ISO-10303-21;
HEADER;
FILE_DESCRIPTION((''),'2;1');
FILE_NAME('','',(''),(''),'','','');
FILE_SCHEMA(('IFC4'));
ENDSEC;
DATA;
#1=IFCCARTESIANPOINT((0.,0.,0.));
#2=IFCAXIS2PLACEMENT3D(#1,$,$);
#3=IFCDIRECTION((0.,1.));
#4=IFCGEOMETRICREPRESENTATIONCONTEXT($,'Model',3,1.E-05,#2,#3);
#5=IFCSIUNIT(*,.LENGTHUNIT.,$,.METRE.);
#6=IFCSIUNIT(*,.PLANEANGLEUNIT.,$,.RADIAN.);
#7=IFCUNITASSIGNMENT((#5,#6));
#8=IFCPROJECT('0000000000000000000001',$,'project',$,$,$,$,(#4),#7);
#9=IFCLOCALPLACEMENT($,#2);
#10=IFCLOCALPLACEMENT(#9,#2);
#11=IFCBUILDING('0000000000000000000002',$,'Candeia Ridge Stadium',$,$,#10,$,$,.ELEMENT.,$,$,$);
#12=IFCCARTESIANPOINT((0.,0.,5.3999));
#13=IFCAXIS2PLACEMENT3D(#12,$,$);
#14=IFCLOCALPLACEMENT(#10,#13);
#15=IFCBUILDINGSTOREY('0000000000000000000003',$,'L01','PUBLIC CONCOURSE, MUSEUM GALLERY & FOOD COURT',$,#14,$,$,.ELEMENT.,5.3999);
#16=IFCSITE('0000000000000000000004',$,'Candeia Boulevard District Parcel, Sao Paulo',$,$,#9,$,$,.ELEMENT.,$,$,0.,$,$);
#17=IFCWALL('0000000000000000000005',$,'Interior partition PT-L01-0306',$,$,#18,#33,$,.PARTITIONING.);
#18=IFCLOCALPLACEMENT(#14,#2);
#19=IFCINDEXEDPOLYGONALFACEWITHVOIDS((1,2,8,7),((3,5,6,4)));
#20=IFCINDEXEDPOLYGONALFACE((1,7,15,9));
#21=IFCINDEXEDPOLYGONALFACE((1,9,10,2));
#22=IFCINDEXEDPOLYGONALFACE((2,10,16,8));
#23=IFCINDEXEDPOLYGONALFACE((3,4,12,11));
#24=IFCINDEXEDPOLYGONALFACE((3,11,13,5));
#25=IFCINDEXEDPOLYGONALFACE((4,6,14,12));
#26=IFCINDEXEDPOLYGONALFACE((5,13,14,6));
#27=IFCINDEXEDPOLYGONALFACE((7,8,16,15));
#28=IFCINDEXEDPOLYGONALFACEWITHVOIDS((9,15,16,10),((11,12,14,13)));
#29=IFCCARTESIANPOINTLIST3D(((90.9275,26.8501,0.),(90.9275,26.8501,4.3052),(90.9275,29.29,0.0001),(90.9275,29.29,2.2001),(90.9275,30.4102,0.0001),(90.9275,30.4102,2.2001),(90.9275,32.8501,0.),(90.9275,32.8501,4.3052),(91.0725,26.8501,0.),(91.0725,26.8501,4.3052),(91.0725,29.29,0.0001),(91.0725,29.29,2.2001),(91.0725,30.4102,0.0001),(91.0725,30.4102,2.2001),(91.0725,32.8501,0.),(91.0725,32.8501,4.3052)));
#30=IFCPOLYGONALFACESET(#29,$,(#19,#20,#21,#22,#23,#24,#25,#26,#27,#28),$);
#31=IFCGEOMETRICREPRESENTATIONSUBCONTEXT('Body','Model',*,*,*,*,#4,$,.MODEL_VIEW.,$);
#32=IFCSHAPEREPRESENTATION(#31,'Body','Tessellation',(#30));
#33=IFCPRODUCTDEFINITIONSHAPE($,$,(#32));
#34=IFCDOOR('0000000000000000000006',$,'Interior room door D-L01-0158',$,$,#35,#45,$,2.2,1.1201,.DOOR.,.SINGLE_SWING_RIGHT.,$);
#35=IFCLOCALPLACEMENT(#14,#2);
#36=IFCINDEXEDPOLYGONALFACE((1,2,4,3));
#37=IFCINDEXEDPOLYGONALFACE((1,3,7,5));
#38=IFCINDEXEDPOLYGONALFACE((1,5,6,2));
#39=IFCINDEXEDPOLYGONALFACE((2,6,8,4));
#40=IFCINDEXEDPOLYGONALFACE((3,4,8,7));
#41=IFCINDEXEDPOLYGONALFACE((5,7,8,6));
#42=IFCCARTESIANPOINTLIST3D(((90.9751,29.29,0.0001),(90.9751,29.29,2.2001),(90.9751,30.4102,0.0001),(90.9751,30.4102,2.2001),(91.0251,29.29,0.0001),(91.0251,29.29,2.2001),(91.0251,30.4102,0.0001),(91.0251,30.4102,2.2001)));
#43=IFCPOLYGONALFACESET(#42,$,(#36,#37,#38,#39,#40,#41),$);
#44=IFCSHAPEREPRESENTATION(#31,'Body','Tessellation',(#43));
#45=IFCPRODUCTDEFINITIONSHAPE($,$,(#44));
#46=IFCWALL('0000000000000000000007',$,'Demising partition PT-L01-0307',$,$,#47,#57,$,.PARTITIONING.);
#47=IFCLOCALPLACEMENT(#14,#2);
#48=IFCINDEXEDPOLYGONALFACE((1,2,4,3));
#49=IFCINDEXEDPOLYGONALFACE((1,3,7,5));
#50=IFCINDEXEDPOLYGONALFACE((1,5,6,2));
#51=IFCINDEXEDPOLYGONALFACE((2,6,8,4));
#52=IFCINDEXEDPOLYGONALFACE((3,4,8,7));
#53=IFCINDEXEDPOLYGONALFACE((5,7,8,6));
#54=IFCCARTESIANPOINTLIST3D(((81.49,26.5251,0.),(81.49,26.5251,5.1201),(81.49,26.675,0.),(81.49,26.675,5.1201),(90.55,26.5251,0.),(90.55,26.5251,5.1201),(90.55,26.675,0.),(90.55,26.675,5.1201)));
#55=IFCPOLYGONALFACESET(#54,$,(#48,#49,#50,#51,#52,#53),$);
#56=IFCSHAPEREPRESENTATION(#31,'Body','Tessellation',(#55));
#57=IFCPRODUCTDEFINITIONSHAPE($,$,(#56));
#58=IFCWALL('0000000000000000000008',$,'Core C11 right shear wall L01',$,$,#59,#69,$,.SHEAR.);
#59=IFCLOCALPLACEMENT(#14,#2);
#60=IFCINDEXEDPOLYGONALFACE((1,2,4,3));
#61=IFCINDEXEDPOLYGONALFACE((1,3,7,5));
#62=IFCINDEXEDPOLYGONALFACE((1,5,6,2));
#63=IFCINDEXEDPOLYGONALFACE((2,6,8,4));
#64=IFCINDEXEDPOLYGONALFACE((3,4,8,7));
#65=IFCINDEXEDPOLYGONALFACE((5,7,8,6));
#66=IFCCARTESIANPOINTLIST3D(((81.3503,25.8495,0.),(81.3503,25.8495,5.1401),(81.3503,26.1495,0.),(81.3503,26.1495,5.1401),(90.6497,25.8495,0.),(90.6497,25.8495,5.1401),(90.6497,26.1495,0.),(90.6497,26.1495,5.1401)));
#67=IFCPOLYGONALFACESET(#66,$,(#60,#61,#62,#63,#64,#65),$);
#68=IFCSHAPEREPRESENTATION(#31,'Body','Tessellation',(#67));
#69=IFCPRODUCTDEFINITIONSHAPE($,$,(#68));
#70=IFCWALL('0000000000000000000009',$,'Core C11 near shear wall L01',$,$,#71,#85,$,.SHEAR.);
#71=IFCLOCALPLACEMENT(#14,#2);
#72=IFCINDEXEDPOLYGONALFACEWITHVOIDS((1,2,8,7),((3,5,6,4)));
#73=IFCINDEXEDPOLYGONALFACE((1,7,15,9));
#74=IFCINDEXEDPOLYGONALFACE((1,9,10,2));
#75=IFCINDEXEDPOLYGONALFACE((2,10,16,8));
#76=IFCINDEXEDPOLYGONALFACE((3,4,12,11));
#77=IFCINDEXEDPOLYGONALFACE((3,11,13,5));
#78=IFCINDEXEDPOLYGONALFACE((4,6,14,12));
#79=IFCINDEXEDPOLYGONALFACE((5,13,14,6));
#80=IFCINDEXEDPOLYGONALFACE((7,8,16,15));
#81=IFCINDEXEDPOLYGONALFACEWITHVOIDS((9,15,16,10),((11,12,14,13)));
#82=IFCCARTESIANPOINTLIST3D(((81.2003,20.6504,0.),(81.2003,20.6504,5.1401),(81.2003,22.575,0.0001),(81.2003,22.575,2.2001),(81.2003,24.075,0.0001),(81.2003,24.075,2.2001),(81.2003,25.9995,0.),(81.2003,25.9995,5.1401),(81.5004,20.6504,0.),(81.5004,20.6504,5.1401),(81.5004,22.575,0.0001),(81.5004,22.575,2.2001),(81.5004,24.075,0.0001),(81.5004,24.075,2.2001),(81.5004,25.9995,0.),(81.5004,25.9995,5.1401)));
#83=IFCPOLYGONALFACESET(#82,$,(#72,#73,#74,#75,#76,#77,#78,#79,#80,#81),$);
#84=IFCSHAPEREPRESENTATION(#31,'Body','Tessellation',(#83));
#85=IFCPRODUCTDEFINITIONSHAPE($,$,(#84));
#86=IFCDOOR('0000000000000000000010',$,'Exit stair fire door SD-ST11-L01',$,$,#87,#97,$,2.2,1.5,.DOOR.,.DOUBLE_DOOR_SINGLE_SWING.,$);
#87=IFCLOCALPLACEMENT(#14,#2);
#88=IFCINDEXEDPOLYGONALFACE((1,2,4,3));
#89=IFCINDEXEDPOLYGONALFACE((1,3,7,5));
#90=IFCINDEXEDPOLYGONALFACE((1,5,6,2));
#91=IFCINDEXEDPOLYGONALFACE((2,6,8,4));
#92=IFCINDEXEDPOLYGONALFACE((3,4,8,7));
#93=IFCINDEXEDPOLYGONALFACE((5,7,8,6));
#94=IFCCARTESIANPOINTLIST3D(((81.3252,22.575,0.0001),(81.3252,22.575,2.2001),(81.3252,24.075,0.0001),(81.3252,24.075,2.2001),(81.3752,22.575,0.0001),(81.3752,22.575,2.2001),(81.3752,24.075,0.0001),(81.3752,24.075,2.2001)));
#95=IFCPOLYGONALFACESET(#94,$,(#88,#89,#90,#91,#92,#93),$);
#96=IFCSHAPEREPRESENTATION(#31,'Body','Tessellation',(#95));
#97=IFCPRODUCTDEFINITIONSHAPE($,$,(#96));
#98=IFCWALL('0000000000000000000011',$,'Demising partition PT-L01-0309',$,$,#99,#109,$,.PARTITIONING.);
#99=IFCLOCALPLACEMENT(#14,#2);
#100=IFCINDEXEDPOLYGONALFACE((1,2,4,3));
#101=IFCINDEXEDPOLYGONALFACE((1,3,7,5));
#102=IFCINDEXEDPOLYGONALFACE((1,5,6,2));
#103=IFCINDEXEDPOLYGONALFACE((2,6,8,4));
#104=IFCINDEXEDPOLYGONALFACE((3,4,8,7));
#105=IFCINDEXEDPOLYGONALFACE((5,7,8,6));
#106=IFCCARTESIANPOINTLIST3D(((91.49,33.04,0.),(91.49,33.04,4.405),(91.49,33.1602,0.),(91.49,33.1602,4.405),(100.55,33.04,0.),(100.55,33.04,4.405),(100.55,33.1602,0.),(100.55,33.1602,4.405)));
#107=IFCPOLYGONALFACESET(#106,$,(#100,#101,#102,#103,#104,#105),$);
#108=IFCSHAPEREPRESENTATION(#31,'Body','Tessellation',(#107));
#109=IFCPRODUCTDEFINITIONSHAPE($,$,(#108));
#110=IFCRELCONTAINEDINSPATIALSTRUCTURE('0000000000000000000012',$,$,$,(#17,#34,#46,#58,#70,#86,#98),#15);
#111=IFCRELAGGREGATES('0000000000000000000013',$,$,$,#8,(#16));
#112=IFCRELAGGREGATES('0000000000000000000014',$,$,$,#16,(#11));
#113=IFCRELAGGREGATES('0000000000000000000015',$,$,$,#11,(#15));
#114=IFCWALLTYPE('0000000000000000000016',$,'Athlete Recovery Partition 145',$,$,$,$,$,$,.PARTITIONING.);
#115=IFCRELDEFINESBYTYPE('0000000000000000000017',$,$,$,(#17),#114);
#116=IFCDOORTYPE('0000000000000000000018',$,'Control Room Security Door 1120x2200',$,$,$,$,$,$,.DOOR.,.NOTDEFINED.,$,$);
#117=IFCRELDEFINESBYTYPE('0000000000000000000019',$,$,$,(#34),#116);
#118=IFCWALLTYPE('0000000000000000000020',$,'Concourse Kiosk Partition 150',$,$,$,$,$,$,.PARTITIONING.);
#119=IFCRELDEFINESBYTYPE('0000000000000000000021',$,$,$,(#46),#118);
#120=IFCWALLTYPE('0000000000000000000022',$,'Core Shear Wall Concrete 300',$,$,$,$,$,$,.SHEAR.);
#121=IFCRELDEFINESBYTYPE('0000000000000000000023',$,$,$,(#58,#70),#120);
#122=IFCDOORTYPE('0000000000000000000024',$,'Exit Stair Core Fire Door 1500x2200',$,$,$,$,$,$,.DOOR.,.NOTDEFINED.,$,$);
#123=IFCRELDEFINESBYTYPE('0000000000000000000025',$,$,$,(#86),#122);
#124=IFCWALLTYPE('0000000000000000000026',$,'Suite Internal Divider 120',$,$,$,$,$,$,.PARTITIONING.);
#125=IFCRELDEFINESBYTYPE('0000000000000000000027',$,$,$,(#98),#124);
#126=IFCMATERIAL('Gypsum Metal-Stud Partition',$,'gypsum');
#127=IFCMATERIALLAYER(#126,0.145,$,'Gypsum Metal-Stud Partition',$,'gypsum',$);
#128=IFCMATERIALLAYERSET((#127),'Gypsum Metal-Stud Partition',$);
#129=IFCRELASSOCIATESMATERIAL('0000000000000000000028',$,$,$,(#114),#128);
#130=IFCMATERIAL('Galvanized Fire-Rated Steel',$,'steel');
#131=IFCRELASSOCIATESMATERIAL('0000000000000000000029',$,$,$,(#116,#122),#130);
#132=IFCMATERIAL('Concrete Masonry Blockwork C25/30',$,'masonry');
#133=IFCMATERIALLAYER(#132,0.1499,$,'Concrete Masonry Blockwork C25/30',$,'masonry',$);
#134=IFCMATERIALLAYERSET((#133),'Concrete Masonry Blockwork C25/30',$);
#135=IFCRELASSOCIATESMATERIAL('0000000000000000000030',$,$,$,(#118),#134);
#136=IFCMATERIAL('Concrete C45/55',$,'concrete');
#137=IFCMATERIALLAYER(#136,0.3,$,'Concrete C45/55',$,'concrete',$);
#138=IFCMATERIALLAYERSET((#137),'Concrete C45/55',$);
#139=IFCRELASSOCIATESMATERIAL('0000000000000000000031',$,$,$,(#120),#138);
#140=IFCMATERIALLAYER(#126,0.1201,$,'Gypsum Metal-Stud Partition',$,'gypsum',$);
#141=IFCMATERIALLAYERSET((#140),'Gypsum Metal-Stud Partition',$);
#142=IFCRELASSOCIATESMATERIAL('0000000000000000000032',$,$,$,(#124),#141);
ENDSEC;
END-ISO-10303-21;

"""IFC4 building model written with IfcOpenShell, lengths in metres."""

from ifc_helpers import new_model, si_unit, direction, frame, frame_2d, origin, place, context, subcontext, project, spatial, rectangle, extrude, material, layer, layer_set, type_object, element, fill, save


model = new_model("IFC4")

# Units and contexts
model_context = context("Model", 3, precision=1e-05, world=origin(), true_north=direction((0.0, 1.0)))
body_context = subcontext(model_context, "Body", "Model", "MODEL_VIEW")
ifc_project = project(units=[si_unit("LENGTHUNIT", "METRE"), si_unit("PLANEANGLEUNIT", "RADIAN")], contexts=[model_context])

# Site, building, storey
site_placement = place(None, origin())
site = spatial("IfcSite", under=ifc_project, at=site_placement, Name="Candeia Boulevard District Parcel, Sao Paulo", CompositionType="ELEMENT", RefElevation=0.0)
building_placement = place(site_placement, origin())
building = spatial("IfcBuilding", under=site, at=building_placement, Name="Candeia Ridge Stadium", CompositionType="ELEMENT")
storey_placement = place(building_placement, frame((0.0, 0.0, 5.3999)))
storey = spatial("IfcBuildingStorey", under=building, at=storey_placement, Name="L01", Description="PUBLIC CONCOURSE, MUSEUM GALLERY & FOOD COURT", CompositionType="ELEMENT", Elevation=5.3999)

# Shared definitions
ifc_material_1 = material(Name="Concrete C45/55", Category="concrete")

# Wall, opening, door
ifc_material_2 = material(Name="Gypsum Metal-Stud Partition", Category="gypsum")
ifc_layer_1 = layer(ifc_material_2, 0.145, Name="Gypsum Metal-Stud Partition", Category="gypsum")
ifc_layer_set_1 = layer_set([ifc_layer_1], Name="Gypsum Metal-Stud Partition")
wall_type_1 = type_object("IfcWallType", Name="Athlete Recovery Partition 145", PredefinedType="PARTITIONING", material=ifc_layer_set_1)
wall_1_placement = place(storey_placement, frame((91.0, 32.8501, 0.0), z_axis=(0.0, 0.0, 1.0), x_axis=(0.0, -1.0, 0.0)))
wall_1 = element("IfcWall", 1, at=wall_1_placement, inside=storey, type_object=wall_type_1, Name="Interior partition PT-L01-0306", PredefinedType="PARTITIONING", context=body_context, shape_type="SweptSolid", body=[
    extrude(rectangle(XDim=6.0, YDim=0.145, at=frame_2d((3.0, 0.0))), origin(), (0.0, 0.0, 1.0), 4.3052),
])
opening_1_placement = place(wall_1_placement, frame((2.4399, 0.0, 0.0)))
opening_1 = element("IfcOpeningElement", 2, at=opening_1_placement, cuts=wall_1, PredefinedType="OPENING", context=body_context, shape_type="SweptSolid", body=[
    extrude(rectangle(XDim=1.1201, YDim=2.2, at=frame_2d((0.5601, 1.1001))), frame((0.0, 0.0825, 0.0), z_axis=(0.0, -1.0, 0.0), x_axis=(1.0, 0.0, 0.0)), (0.0, 0.0, 1.0), 0.165),
])
ifc_material_3 = material(Name="Galvanized Fire-Rated Steel", Category="steel")
door_type_1 = type_object("IfcDoorType", Name="Control Room Security Door 1120x2200", OperationType="NOTDEFINED", PredefinedType="DOOR", material=ifc_material_3)
door_1_placement = place(opening_1_placement, frame((1.1201, 0.0, 0.0), z_axis=(0.0, 0.0, 1.0), x_axis=(-1.0, 0.0, 0.0)))
door_1 = element("IfcDoor", 3, at=door_1_placement, inside=storey, type_object=door_type_1, Name="Interior room door D-L01-0158", OperationType="SINGLE_SWING_RIGHT", OverallHeight=2.2, OverallWidth=1.1201, PredefinedType="DOOR", context=body_context, shape_type="SweptSolid", body=[
    extrude(rectangle(XDim=1.1201, YDim=2.2, at=frame_2d((0.5601, 1.1001))), frame((0.0, 0.0249, 0.0), z_axis=(0.0, -1.0, 0.0), x_axis=(1.0, 0.0, 0.0)), (0.0, 0.0, 1.0), 0.05),
])
fill(opening_1, door_1)

# Walls
ifc_material_4 = material(Name="Concrete Masonry Blockwork C25/30", Category="masonry")
ifc_layer_2 = layer(ifc_material_4, 0.1499, Name="Concrete Masonry Blockwork C25/30", Category="masonry")
ifc_layer_set_2 = layer_set([ifc_layer_2], Name="Concrete Masonry Blockwork C25/30")
wall_type_2 = type_object("IfcWallType", Name="Concourse Kiosk Partition 150", PredefinedType="PARTITIONING", material=ifc_layer_set_2)
wall_2_placement = place(storey_placement, frame((90.55, 26.6001, 0.0), z_axis=(0.0, 0.0, 1.0), x_axis=(-1.0, 0.0, 0.0)))
element("IfcWall", 4, at=wall_2_placement, inside=storey, type_object=wall_type_2, Name="Demising partition PT-L01-0307", PredefinedType="PARTITIONING", context=body_context, shape_type="SweptSolid", body=[
    extrude(rectangle(XDim=9.0601, YDim=0.1499, at=frame_2d((4.53, 0.0))), origin(), (0.0, 0.0, 1.0), 5.1201),
])
ifc_layer_3 = layer(ifc_material_1, 0.3, Name="Concrete C45/55", Category="concrete")
ifc_layer_set_3 = layer_set([ifc_layer_3], Name="Concrete C45/55")
wall_type_3 = type_object("IfcWallType", Name="Core Shear Wall Concrete 300", PredefinedType="SHEAR", material=ifc_layer_set_3)
wall_3_placement = place(storey_placement, frame((90.6497, 25.9995, 0.0), z_axis=(0.0, 0.0, 1.0), x_axis=(-1.0, 0.0, 0.0)))
element("IfcWall", 5, at=wall_3_placement, inside=storey, type_object=wall_type_3, Name="Core C11 right shear wall L01", PredefinedType="SHEAR", context=body_context, shape_type="SweptSolid", body=[
    extrude(rectangle(XDim=9.2993, YDim=0.3, at=frame_2d((4.6497, 0.0))), origin(), (0.0, 0.0, 1.0), 5.1401),
])

# Wall, opening, door
wall_4_placement = place(storey_placement, frame((81.3503, 25.9995, 0.0), z_axis=(0.0, 0.0, 1.0), x_axis=(0.0, -1.0, 0.0)))
wall_4 = element("IfcWall", 6, at=wall_4_placement, inside=storey, type_object=wall_type_3, Name="Core C11 near shear wall L01", PredefinedType="SHEAR", context=body_context, shape_type="SweptSolid", body=[
    extrude(rectangle(XDim=5.3491, YDim=0.3, at=frame_2d((2.6746, 0.0))), origin(), (0.0, 0.0, 1.0), 5.1401),
])
opening_2_placement = place(wall_4_placement, frame((1.9246, 0.0, 0.0)))
opening_2 = element("IfcOpeningElement", 7, at=opening_2_placement, cuts=wall_4, PredefinedType="OPENING", context=body_context, shape_type="SweptSolid", body=[
    extrude(rectangle(XDim=1.5, YDim=2.2, at=frame_2d((0.75, 1.1001))), frame((0.0, 0.1599, 0.0), z_axis=(0.0, -1.0, 0.0), x_axis=(1.0, 0.0, 0.0)), (0.0, 0.0, 1.0), 0.3201),
])
door_type_2 = type_object("IfcDoorType", Name="Exit Stair Core Fire Door 1500x2200", OperationType="NOTDEFINED", PredefinedType="DOOR", material=ifc_material_3)
door_2_placement = place(opening_2_placement, origin())
door_2 = element("IfcDoor", 8, at=door_2_placement, inside=storey, type_object=door_type_2, Name="Exit stair fire door SD-ST11-L01", OperationType="DOUBLE_DOOR_SINGLE_SWING", OverallHeight=2.2, OverallWidth=1.5, PredefinedType="DOOR", context=body_context, shape_type="SweptSolid", body=[
    extrude(rectangle(XDim=1.5, YDim=2.2, at=frame_2d((0.75, 1.1001))), frame((0.0, 0.0249, 0.0), z_axis=(0.0, -1.0, 0.0), x_axis=(1.0, 0.0, 0.0)), (0.0, 0.0, 1.0), 0.05),
])
fill(opening_2, door_2)

# Wall
ifc_layer_4 = layer(ifc_material_2, 0.1201, Name="Gypsum Metal-Stud Partition", Category="gypsum")
ifc_layer_set_4 = layer_set([ifc_layer_4], Name="Gypsum Metal-Stud Partition")
wall_type_4 = type_object("IfcWallType", Name="Suite Internal Divider 120", PredefinedType="PARTITIONING", material=ifc_layer_set_4)
wall_5_placement = place(storey_placement, frame((91.49, 33.1001, 0.0), z_axis=(0.0, 0.0, 1.0), x_axis=(1.0, 0.0, 0.0)))
element("IfcWall", 9, at=wall_5_placement, inside=storey, type_object=wall_type_4, Name="Demising partition PT-L01-0309", PredefinedType="PARTITIONING", context=body_context, shape_type="SweptSolid", body=[
    extrude(rectangle(XDim=9.0601, YDim=0.1201, at=frame_2d((4.53, 0.0))), origin(), (0.0, 0.0, 1.0), 4.405),
])

save(model, "model.ifc")
